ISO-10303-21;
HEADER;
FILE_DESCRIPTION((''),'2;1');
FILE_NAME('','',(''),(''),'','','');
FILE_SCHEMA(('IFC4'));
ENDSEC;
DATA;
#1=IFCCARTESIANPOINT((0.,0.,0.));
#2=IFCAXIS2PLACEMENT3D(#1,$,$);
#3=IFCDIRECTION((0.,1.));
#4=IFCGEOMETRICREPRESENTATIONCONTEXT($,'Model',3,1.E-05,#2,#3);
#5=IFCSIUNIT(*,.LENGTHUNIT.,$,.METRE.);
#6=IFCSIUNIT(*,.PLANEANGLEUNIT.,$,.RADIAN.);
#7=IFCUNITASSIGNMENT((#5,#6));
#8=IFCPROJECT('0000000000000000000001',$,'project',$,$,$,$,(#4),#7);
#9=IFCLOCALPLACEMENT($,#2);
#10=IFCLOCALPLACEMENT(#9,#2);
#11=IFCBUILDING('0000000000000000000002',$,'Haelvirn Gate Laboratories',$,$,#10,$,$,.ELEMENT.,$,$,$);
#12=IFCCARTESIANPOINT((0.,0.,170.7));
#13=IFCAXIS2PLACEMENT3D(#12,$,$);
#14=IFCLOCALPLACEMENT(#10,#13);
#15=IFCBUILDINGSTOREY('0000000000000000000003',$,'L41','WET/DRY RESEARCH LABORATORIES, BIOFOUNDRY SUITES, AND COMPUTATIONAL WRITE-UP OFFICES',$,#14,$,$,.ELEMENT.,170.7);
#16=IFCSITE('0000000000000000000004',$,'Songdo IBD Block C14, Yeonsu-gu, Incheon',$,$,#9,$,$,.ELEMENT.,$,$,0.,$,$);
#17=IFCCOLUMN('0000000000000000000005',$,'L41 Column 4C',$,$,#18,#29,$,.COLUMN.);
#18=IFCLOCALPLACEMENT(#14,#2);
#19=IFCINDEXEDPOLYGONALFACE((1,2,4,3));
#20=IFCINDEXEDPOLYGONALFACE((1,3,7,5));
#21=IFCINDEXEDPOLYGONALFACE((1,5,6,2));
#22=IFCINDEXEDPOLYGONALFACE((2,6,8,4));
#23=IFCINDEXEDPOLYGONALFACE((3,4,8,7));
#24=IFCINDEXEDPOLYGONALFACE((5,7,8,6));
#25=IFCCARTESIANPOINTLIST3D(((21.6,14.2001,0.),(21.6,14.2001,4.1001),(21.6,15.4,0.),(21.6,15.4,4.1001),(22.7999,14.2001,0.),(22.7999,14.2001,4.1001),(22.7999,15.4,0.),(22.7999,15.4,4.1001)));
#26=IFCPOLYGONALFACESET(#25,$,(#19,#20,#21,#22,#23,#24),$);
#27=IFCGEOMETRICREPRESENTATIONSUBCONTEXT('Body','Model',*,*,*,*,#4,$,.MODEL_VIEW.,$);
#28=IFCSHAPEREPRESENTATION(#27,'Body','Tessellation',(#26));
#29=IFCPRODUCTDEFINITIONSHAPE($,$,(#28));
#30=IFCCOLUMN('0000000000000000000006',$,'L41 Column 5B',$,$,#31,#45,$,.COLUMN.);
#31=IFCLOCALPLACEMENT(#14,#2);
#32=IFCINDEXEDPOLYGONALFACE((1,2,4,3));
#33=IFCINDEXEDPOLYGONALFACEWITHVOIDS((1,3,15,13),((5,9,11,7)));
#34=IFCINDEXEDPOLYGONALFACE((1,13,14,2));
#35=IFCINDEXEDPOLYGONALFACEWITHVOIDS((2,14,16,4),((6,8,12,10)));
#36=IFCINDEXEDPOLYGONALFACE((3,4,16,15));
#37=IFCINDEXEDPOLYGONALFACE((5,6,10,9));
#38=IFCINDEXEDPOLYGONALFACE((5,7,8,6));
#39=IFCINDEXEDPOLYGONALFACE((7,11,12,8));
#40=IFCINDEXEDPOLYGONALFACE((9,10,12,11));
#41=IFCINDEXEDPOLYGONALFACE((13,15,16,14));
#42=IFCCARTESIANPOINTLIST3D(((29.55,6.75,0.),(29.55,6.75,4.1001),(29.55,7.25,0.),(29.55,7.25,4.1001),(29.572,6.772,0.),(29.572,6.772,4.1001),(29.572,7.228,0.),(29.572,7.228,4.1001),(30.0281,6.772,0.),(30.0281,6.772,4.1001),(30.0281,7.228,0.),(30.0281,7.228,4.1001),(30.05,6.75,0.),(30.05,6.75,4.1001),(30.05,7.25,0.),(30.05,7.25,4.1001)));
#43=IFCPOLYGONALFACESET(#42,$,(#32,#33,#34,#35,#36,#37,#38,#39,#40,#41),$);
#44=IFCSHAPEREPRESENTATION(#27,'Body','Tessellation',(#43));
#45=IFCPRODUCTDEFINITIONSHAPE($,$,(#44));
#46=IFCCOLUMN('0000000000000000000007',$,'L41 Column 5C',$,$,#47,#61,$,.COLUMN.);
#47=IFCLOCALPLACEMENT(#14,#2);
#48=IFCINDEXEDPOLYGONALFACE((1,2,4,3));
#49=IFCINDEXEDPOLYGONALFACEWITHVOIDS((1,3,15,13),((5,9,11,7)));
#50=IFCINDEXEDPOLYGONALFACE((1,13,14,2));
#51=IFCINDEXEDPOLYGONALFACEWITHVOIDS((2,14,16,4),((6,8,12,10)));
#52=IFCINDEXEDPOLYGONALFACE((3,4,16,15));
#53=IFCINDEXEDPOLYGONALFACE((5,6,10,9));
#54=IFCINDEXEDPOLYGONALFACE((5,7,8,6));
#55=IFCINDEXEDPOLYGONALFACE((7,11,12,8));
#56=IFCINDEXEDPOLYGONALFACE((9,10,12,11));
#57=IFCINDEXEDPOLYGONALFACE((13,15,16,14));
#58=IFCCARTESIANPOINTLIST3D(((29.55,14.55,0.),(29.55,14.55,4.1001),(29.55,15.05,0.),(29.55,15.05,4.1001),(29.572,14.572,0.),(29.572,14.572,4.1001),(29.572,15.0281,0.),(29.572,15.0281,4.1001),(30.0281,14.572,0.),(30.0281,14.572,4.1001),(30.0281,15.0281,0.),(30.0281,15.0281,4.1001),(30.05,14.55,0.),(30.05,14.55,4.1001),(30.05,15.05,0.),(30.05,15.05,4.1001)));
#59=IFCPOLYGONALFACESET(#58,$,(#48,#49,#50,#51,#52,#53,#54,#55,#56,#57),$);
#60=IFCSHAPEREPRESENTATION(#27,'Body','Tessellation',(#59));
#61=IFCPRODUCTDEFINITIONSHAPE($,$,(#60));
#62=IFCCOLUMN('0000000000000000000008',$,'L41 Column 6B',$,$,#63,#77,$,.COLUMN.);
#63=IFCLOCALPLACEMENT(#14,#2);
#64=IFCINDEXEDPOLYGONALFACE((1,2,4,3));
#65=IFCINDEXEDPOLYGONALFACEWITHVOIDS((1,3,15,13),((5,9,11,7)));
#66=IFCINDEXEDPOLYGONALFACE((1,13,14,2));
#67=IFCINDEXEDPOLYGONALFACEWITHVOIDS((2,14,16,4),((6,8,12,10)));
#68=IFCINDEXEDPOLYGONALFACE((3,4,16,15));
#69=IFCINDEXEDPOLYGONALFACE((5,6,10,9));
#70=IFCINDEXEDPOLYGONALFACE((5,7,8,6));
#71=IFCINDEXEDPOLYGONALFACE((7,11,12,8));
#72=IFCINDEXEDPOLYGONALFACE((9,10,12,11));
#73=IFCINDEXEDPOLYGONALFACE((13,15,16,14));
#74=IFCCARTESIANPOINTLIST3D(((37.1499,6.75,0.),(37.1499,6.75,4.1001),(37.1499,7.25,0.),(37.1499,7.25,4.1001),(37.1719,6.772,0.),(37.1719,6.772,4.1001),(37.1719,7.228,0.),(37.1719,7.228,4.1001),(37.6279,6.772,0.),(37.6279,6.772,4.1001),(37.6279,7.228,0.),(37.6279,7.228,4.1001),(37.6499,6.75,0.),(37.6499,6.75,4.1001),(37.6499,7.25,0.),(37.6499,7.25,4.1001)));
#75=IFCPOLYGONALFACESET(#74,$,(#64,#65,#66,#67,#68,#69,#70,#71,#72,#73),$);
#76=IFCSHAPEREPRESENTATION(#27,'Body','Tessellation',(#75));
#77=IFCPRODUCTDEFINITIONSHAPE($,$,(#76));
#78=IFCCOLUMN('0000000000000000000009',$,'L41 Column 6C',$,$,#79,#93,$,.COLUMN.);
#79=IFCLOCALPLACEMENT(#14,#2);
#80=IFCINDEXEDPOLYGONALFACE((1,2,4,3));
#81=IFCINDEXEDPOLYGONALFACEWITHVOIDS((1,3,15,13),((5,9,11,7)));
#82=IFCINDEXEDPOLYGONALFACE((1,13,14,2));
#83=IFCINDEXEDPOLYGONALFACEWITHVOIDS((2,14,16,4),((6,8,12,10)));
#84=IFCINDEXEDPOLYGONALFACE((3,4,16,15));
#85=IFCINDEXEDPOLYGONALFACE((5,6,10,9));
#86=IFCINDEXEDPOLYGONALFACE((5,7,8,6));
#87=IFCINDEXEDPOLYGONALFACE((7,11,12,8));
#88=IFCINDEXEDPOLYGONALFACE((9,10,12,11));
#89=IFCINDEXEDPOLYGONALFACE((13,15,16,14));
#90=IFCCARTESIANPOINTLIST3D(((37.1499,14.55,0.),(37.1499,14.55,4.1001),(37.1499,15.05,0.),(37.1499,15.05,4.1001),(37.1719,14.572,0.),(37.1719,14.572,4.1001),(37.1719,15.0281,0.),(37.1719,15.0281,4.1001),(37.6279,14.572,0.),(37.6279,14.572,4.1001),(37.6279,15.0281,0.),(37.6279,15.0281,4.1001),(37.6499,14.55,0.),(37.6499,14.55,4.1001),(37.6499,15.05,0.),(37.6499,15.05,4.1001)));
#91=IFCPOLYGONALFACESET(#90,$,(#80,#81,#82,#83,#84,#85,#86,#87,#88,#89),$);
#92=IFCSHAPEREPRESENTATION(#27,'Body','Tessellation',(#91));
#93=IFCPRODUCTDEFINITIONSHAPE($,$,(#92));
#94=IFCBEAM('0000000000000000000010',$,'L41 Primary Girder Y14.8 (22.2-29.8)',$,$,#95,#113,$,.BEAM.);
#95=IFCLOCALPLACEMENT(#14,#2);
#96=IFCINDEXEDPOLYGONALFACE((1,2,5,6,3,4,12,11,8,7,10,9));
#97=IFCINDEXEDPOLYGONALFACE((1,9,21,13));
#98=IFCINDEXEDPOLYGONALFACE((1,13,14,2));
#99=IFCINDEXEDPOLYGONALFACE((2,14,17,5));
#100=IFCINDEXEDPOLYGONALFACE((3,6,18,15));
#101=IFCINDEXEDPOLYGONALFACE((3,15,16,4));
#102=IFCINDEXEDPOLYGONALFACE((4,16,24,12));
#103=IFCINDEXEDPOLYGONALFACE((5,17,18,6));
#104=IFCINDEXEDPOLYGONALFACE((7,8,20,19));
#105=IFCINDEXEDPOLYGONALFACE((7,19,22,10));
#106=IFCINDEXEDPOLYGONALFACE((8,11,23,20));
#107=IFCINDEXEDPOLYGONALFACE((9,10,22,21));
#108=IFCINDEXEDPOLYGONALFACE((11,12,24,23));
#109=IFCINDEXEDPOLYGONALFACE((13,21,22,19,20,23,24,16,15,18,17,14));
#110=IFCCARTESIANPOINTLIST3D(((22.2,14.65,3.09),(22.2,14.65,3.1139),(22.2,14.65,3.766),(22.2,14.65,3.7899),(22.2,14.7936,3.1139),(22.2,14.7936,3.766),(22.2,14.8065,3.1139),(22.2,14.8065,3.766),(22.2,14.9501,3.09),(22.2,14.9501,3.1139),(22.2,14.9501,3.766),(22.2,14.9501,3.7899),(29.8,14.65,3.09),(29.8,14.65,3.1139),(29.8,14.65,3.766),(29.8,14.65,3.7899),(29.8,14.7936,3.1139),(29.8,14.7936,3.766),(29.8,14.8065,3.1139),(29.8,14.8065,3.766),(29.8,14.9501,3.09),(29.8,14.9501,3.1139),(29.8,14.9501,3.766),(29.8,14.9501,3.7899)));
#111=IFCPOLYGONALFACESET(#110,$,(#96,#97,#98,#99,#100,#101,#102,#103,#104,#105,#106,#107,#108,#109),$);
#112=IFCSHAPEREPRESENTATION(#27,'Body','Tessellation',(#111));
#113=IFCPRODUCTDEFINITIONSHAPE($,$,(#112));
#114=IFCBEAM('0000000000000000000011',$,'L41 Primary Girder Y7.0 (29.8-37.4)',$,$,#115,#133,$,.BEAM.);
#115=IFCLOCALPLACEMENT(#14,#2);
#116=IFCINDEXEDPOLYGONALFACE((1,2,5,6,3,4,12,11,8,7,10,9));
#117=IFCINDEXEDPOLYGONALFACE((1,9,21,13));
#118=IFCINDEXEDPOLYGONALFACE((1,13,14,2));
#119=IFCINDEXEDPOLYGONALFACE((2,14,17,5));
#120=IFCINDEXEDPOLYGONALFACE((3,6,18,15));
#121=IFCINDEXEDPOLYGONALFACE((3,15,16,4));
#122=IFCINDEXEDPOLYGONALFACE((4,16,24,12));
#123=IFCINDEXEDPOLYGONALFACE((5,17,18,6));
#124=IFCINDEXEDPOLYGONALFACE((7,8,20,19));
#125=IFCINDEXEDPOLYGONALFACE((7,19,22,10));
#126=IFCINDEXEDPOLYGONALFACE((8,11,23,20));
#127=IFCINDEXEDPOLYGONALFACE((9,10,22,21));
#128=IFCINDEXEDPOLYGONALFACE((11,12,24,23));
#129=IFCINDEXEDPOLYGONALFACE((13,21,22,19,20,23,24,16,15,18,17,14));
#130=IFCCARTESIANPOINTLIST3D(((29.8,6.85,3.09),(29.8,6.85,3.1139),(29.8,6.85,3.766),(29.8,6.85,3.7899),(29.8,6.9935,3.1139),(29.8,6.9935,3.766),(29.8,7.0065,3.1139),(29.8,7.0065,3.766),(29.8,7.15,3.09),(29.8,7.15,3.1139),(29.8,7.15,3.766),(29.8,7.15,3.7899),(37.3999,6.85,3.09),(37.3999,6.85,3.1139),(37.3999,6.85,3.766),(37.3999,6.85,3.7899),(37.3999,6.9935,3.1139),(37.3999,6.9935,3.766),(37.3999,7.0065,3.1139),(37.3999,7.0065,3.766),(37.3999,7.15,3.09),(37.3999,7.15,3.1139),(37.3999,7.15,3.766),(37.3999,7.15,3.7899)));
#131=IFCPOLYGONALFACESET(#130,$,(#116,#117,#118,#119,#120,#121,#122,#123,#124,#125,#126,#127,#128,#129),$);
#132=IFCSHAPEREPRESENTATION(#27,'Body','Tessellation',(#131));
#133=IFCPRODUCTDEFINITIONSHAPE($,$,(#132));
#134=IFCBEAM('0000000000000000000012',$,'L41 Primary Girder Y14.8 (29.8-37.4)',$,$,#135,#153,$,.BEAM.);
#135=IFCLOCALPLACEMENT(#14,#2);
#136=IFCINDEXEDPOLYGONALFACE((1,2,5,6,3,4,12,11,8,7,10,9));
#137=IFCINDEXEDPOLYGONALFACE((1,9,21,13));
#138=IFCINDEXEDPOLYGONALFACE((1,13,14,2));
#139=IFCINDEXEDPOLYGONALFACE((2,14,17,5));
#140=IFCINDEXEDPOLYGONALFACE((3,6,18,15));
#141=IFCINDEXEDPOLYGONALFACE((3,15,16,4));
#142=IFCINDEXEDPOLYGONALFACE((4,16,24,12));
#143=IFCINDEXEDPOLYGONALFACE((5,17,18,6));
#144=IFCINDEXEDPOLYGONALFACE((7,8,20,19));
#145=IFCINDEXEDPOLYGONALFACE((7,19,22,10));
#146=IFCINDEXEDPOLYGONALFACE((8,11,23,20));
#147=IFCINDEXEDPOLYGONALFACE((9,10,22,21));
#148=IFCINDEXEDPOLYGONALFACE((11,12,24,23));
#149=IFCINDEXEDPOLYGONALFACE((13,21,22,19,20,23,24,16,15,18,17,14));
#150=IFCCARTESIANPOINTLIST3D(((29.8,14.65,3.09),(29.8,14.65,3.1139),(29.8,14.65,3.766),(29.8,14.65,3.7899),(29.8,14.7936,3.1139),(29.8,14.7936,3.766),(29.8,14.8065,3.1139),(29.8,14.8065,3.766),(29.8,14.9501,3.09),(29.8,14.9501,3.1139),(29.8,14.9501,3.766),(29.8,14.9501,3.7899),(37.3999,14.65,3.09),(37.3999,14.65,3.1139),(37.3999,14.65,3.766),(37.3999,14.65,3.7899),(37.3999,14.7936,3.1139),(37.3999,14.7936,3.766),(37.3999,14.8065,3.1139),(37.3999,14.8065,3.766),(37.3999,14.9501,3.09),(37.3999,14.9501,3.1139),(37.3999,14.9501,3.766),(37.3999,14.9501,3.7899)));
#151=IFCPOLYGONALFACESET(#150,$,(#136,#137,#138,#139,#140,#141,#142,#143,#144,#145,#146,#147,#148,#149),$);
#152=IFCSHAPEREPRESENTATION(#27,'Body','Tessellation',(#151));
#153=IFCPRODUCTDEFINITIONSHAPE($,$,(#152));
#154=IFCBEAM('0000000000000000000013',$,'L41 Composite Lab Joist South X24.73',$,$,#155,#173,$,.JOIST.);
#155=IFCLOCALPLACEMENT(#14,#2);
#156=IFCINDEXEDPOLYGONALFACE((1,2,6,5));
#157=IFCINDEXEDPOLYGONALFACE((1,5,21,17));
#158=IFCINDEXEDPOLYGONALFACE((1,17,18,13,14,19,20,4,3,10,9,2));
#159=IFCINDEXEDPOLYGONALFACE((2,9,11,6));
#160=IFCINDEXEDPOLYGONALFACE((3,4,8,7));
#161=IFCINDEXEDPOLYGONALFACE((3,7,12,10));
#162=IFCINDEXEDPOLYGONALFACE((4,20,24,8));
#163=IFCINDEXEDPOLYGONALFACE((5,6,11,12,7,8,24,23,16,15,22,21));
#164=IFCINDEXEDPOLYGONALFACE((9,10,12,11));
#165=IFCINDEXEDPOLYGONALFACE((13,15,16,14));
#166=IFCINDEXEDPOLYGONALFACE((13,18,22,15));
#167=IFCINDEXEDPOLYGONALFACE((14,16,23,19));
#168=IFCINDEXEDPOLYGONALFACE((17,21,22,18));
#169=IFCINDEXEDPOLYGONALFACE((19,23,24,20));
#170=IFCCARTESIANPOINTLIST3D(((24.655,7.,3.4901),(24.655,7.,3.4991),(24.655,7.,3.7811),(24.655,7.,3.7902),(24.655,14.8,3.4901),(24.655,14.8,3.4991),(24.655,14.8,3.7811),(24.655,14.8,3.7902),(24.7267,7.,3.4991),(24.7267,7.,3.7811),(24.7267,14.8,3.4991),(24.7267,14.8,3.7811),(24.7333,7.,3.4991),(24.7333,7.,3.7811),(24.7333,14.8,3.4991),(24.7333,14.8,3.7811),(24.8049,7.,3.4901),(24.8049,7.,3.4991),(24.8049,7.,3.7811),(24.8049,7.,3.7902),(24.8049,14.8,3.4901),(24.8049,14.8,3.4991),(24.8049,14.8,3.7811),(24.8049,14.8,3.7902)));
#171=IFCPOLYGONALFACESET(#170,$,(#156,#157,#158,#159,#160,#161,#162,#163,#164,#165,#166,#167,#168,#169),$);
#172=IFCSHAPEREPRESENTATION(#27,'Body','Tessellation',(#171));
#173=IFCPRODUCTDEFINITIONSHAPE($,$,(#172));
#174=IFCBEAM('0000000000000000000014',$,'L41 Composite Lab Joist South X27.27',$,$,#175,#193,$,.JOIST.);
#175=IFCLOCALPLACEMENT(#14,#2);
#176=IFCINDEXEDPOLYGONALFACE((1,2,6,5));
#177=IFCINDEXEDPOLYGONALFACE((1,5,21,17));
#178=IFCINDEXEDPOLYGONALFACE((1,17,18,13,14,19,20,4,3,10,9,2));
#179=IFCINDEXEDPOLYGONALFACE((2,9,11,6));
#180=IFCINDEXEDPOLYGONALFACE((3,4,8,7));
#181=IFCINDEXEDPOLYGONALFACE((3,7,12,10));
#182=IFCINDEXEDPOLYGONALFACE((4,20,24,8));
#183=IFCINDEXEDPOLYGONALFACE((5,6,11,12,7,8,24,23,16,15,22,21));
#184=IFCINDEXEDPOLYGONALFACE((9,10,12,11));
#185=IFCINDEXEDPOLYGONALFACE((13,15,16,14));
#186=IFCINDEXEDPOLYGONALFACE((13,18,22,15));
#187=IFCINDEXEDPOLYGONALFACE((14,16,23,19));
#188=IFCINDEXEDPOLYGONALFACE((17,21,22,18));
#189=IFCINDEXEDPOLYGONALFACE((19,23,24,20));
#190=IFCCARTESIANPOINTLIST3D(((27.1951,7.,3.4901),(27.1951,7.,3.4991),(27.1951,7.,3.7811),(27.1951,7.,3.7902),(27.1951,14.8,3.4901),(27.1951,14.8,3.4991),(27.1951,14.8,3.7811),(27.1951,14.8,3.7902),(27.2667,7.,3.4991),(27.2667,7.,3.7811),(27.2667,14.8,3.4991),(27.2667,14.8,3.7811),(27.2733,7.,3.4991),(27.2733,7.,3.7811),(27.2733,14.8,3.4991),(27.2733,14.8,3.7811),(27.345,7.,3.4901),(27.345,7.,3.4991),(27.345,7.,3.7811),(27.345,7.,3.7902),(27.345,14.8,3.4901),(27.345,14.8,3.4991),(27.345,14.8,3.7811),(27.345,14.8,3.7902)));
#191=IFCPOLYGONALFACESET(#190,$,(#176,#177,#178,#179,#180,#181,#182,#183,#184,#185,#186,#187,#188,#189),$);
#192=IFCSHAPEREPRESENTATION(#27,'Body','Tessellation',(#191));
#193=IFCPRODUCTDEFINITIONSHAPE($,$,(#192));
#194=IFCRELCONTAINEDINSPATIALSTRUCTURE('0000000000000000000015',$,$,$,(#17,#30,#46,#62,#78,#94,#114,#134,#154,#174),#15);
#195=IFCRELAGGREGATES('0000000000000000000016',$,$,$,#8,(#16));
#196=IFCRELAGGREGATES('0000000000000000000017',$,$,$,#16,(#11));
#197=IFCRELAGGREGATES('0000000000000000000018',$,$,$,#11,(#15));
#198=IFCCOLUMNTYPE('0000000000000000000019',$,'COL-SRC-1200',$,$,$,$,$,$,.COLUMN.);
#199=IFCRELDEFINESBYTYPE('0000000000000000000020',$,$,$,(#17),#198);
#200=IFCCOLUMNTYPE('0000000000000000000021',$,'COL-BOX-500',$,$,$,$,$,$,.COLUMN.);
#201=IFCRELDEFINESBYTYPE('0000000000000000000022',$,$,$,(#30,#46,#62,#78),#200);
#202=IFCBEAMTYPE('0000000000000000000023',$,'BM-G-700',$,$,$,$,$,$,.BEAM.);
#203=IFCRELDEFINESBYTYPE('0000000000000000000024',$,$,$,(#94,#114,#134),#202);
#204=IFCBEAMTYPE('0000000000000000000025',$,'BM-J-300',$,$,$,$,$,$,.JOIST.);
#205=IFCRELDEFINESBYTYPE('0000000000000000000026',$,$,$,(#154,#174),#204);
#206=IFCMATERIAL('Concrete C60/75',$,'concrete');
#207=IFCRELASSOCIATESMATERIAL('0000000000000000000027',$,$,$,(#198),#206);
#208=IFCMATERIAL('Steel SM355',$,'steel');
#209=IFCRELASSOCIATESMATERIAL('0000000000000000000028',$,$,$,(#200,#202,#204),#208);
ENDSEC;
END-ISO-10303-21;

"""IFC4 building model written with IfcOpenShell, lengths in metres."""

from ifc_helpers import new_model, si_unit, direction, frame, origin, origin_2d, place, context, subcontext, project, spatial, rectangle, hollow_rectangle, i_section, extrude, source, transform, mapped, material, material_profile, profile_set, type_object, type_shapes, element, save


model = new_model("IFC4")

# Units and contexts
model_context = context("Model", 3, precision=1e-05, world=origin(), true_north=direction((0.0, 1.0)))
body_context = subcontext(model_context, "Body", "Model", "MODEL_VIEW")
ifc_project = project(units=[si_unit("LENGTHUNIT", "METRE"), si_unit("PLANEANGLEUNIT", "RADIAN")], contexts=[model_context])

# Site, building, storey
site_placement = place(None, origin())
site = spatial("IfcSite", under=ifc_project, at=site_placement, Name="Songdo IBD Block C14, Yeonsu-gu, Incheon", CompositionType="ELEMENT", RefElevation=0.0)
building_placement = place(site_placement, origin())
building = spatial("IfcBuilding", under=site, at=building_placement, Name="Haelvirn Gate Laboratories", CompositionType="ELEMENT")
storey_placement = place(building_placement, frame((0.0, 0.0, 170.7)))
storey = spatial("IfcBuildingStorey", under=building, at=storey_placement, Name="L41", Description="WET/DRY RESEARCH LABORATORIES, BIOFOUNDRY SUITES, AND COMPUTATIONAL WRITE-UP OFFICES", CompositionType="ELEMENT", Elevation=170.7)

# Columns
ifc_material_1 = material(Name="Concrete C60/75", Category="concrete")
ifc_material_profile_1 = material_profile(ifc_material_1, rectangle(XDim=1.2, YDim=1.2, at=origin_2d()), Name="SRC-1200x1200")
ifc_profile_set_1 = profile_set([ifc_material_profile_1], Name="Concrete C60/75")
column_type_1 = type_object("IfcColumnType", Name="COL-SRC-1200", PredefinedType="COLUMN", material=ifc_profile_set_1)
shared_shape_1 = source(origin(), body_context, "Body", "SweptSolid", [
    extrude(rectangle(XDim=1.2, YDim=1.2, at=origin_2d()), origin(), (0.0, 0.0, 1.0), 4.1001),
])
type_shapes(column_type_1, [shared_shape_1])
column_placement = place(storey_placement, frame((22.2, 14.8, 0.0), z_axis=(0.0, 0.0, 1.0), x_axis=(1.0, 0.0, 0.0)))
element("IfcColumn", 1, at=column_placement, inside=storey, type_object=column_type_1, Name="L41 Column 4C", PredefinedType="COLUMN", context=body_context, shape_type="MappedRepresentation", body=[
    mapped(shared_shape_1, transform((0.0, 0.0, 0.0), scale=1.0)),
])
ifc_material_2 = material(Name="Steel SM355", Category="steel")
ifc_material_profile_2 = material_profile(ifc_material_2, hollow_rectangle(XDim=0.5, YDim=0.5, WallThickness=0.022, at=origin_2d()), Name="BOX-500x500x22")
ifc_profile_set_2 = profile_set([ifc_material_profile_2], Name="Steel SM355")
column_type_2 = type_object("IfcColumnType", Name="COL-BOX-500", PredefinedType="COLUMN", material=ifc_profile_set_2)
shared_shape_2 = source(origin(), body_context, "Body", "SweptSolid", [
    extrude(hollow_rectangle(XDim=0.5, YDim=0.5, WallThickness=0.022, at=origin_2d()), origin(), (0.0, 0.0, 1.0), 4.1001),
])
type_shapes(column_type_2, [shared_shape_2])
for number, where, z_axis, x_axis, name in (
    (2, (29.8, 7.0, 0.0), (0.0, 0.0, 1.0), (1.0, 0.0, 0.0), "L41 Column 5B"),
    (3, (29.8, 14.8, 0.0), (0.0, 0.0, 1.0), (1.0, 0.0, 0.0), "L41 Column 5C"),
    (4, (37.3999, 7.0, 0.0), (0.0, 0.0, 1.0), (1.0, 0.0, 0.0), "L41 Column 6B"),
    (5, (37.3999, 14.8, 0.0), (0.0, 0.0, 1.0), (1.0, 0.0, 0.0), "L41 Column 6C"),
):
    element("IfcColumn", number, at=place(storey_placement, frame(where, z_axis=z_axis, x_axis=x_axis)), inside=storey, type_object=column_type_2, Name=name, PredefinedType="COLUMN", context=body_context, shape_type="MappedRepresentation", body=[
        mapped(shared_shape_2, transform((0.0, 0.0, 0.0), scale=1.0)),
    ])

# Beams
ifc_material_profile_3 = material_profile(ifc_material_2, i_section(OverallWidth=0.3, OverallDepth=0.7, WebThickness=0.0129, FlangeThickness=0.0239, at=origin_2d()), Name="H-700x300x13x24")
ifc_profile_set_3 = profile_set([ifc_material_profile_3], Name="Steel SM355")
beam_type_1 = type_object("IfcBeamType", Name="BM-G-700", PredefinedType="BEAM", material=ifc_profile_set_3)
shared_shape_3 = source(origin(), body_context, "Body", "SweptSolid", [
    extrude(i_section(OverallWidth=0.3, OverallDepth=0.7, WebThickness=0.0129, FlangeThickness=0.0239, at=origin_2d()), origin(), (0.0, 0.0, 1.0), 7.6001),
])
beam_1_placement = place(storey_placement, frame((22.2, 14.8, 3.4399), z_axis=(1.0, 0.0, 0.0), x_axis=(0.0, 1.0, 0.0)))
element("IfcBeam", 6, at=beam_1_placement, inside=storey, type_object=beam_type_1, Name="L41 Primary Girder Y14.8 (22.2-29.8)", PredefinedType="BEAM", context=body_context, shape_type="MappedRepresentation", body=[
    mapped(shared_shape_3, transform((0.0, 0.0, 0.0), scale=1.0)),
])
shared_shape_4 = source(origin(), body_context, "Body", "SweptSolid", [
    extrude(i_section(OverallWidth=0.3, OverallDepth=0.7, WebThickness=0.0129, FlangeThickness=0.0239, at=origin_2d()), origin(), (0.0, 0.0, 1.0), 7.5999),
])
type_shapes(beam_type_1, [shared_shape_3, shared_shape_4])
for number, where, z_axis, x_axis, name in (
    (7, (29.8, 7.0, 3.4399), (1.0, 0.0, 0.0), (0.0, 1.0, 0.0), "L41 Primary Girder Y7.0 (29.8-37.4)"),
    (8, (29.8, 14.8, 3.4399), (1.0, 0.0, 0.0), (0.0, 1.0, 0.0), "L41 Primary Girder Y14.8 (29.8-37.4)"),
):
    element("IfcBeam", number, at=place(storey_placement, frame(where, z_axis=z_axis, x_axis=x_axis)), inside=storey, type_object=beam_type_1, Name=name, PredefinedType="BEAM", context=body_context, shape_type="MappedRepresentation", body=[
        mapped(shared_shape_4, transform((0.0, 0.0, 0.0), scale=1.0)),
    ])
ifc_material_profile_4 = material_profile(ifc_material_2, i_section(OverallWidth=0.1499, OverallDepth=0.3, WebThickness=0.0066, FlangeThickness=0.009, at=origin_2d()), Name="H-300x150x6.5x9")
ifc_profile_set_4 = profile_set([ifc_material_profile_4], Name="Steel SM355")
beam_type_2 = type_object("IfcBeamType", Name="BM-J-300", PredefinedType="JOIST", material=ifc_profile_set_4)
shared_shape_5 = source(origin(), body_context, "Body", "SweptSolid", [
    extrude(i_section(OverallWidth=0.1499, OverallDepth=0.3, WebThickness=0.0066, FlangeThickness=0.009, at=origin_2d()), origin(), (0.0, 0.0, 1.0), 7.8),
])
type_shapes(beam_type_2, [shared_shape_5])
for number, where, z_axis, x_axis, name in (
    (9, (24.73, 7.0, 3.6401), (0.0, 1.0, 0.0), (-1.0, 0.0, 0.0), "L41 Composite Lab Joist South X24.73"),
    (10, (27.27, 7.0, 3.6401), (0.0, 1.0, 0.0), (-1.0, 0.0, 0.0), "L41 Composite Lab Joist South X27.27"),
):
    element("IfcBeam", number, at=place(storey_placement, frame(where, z_axis=z_axis, x_axis=x_axis)), inside=storey, type_object=beam_type_2, Name=name, PredefinedType="JOIST", context=body_context, shape_type="MappedRepresentation", body=[
        mapped(shared_shape_5, transform((0.0, 0.0, 0.0), scale=1.0)),
    ])

save(model, "model.ifc")
